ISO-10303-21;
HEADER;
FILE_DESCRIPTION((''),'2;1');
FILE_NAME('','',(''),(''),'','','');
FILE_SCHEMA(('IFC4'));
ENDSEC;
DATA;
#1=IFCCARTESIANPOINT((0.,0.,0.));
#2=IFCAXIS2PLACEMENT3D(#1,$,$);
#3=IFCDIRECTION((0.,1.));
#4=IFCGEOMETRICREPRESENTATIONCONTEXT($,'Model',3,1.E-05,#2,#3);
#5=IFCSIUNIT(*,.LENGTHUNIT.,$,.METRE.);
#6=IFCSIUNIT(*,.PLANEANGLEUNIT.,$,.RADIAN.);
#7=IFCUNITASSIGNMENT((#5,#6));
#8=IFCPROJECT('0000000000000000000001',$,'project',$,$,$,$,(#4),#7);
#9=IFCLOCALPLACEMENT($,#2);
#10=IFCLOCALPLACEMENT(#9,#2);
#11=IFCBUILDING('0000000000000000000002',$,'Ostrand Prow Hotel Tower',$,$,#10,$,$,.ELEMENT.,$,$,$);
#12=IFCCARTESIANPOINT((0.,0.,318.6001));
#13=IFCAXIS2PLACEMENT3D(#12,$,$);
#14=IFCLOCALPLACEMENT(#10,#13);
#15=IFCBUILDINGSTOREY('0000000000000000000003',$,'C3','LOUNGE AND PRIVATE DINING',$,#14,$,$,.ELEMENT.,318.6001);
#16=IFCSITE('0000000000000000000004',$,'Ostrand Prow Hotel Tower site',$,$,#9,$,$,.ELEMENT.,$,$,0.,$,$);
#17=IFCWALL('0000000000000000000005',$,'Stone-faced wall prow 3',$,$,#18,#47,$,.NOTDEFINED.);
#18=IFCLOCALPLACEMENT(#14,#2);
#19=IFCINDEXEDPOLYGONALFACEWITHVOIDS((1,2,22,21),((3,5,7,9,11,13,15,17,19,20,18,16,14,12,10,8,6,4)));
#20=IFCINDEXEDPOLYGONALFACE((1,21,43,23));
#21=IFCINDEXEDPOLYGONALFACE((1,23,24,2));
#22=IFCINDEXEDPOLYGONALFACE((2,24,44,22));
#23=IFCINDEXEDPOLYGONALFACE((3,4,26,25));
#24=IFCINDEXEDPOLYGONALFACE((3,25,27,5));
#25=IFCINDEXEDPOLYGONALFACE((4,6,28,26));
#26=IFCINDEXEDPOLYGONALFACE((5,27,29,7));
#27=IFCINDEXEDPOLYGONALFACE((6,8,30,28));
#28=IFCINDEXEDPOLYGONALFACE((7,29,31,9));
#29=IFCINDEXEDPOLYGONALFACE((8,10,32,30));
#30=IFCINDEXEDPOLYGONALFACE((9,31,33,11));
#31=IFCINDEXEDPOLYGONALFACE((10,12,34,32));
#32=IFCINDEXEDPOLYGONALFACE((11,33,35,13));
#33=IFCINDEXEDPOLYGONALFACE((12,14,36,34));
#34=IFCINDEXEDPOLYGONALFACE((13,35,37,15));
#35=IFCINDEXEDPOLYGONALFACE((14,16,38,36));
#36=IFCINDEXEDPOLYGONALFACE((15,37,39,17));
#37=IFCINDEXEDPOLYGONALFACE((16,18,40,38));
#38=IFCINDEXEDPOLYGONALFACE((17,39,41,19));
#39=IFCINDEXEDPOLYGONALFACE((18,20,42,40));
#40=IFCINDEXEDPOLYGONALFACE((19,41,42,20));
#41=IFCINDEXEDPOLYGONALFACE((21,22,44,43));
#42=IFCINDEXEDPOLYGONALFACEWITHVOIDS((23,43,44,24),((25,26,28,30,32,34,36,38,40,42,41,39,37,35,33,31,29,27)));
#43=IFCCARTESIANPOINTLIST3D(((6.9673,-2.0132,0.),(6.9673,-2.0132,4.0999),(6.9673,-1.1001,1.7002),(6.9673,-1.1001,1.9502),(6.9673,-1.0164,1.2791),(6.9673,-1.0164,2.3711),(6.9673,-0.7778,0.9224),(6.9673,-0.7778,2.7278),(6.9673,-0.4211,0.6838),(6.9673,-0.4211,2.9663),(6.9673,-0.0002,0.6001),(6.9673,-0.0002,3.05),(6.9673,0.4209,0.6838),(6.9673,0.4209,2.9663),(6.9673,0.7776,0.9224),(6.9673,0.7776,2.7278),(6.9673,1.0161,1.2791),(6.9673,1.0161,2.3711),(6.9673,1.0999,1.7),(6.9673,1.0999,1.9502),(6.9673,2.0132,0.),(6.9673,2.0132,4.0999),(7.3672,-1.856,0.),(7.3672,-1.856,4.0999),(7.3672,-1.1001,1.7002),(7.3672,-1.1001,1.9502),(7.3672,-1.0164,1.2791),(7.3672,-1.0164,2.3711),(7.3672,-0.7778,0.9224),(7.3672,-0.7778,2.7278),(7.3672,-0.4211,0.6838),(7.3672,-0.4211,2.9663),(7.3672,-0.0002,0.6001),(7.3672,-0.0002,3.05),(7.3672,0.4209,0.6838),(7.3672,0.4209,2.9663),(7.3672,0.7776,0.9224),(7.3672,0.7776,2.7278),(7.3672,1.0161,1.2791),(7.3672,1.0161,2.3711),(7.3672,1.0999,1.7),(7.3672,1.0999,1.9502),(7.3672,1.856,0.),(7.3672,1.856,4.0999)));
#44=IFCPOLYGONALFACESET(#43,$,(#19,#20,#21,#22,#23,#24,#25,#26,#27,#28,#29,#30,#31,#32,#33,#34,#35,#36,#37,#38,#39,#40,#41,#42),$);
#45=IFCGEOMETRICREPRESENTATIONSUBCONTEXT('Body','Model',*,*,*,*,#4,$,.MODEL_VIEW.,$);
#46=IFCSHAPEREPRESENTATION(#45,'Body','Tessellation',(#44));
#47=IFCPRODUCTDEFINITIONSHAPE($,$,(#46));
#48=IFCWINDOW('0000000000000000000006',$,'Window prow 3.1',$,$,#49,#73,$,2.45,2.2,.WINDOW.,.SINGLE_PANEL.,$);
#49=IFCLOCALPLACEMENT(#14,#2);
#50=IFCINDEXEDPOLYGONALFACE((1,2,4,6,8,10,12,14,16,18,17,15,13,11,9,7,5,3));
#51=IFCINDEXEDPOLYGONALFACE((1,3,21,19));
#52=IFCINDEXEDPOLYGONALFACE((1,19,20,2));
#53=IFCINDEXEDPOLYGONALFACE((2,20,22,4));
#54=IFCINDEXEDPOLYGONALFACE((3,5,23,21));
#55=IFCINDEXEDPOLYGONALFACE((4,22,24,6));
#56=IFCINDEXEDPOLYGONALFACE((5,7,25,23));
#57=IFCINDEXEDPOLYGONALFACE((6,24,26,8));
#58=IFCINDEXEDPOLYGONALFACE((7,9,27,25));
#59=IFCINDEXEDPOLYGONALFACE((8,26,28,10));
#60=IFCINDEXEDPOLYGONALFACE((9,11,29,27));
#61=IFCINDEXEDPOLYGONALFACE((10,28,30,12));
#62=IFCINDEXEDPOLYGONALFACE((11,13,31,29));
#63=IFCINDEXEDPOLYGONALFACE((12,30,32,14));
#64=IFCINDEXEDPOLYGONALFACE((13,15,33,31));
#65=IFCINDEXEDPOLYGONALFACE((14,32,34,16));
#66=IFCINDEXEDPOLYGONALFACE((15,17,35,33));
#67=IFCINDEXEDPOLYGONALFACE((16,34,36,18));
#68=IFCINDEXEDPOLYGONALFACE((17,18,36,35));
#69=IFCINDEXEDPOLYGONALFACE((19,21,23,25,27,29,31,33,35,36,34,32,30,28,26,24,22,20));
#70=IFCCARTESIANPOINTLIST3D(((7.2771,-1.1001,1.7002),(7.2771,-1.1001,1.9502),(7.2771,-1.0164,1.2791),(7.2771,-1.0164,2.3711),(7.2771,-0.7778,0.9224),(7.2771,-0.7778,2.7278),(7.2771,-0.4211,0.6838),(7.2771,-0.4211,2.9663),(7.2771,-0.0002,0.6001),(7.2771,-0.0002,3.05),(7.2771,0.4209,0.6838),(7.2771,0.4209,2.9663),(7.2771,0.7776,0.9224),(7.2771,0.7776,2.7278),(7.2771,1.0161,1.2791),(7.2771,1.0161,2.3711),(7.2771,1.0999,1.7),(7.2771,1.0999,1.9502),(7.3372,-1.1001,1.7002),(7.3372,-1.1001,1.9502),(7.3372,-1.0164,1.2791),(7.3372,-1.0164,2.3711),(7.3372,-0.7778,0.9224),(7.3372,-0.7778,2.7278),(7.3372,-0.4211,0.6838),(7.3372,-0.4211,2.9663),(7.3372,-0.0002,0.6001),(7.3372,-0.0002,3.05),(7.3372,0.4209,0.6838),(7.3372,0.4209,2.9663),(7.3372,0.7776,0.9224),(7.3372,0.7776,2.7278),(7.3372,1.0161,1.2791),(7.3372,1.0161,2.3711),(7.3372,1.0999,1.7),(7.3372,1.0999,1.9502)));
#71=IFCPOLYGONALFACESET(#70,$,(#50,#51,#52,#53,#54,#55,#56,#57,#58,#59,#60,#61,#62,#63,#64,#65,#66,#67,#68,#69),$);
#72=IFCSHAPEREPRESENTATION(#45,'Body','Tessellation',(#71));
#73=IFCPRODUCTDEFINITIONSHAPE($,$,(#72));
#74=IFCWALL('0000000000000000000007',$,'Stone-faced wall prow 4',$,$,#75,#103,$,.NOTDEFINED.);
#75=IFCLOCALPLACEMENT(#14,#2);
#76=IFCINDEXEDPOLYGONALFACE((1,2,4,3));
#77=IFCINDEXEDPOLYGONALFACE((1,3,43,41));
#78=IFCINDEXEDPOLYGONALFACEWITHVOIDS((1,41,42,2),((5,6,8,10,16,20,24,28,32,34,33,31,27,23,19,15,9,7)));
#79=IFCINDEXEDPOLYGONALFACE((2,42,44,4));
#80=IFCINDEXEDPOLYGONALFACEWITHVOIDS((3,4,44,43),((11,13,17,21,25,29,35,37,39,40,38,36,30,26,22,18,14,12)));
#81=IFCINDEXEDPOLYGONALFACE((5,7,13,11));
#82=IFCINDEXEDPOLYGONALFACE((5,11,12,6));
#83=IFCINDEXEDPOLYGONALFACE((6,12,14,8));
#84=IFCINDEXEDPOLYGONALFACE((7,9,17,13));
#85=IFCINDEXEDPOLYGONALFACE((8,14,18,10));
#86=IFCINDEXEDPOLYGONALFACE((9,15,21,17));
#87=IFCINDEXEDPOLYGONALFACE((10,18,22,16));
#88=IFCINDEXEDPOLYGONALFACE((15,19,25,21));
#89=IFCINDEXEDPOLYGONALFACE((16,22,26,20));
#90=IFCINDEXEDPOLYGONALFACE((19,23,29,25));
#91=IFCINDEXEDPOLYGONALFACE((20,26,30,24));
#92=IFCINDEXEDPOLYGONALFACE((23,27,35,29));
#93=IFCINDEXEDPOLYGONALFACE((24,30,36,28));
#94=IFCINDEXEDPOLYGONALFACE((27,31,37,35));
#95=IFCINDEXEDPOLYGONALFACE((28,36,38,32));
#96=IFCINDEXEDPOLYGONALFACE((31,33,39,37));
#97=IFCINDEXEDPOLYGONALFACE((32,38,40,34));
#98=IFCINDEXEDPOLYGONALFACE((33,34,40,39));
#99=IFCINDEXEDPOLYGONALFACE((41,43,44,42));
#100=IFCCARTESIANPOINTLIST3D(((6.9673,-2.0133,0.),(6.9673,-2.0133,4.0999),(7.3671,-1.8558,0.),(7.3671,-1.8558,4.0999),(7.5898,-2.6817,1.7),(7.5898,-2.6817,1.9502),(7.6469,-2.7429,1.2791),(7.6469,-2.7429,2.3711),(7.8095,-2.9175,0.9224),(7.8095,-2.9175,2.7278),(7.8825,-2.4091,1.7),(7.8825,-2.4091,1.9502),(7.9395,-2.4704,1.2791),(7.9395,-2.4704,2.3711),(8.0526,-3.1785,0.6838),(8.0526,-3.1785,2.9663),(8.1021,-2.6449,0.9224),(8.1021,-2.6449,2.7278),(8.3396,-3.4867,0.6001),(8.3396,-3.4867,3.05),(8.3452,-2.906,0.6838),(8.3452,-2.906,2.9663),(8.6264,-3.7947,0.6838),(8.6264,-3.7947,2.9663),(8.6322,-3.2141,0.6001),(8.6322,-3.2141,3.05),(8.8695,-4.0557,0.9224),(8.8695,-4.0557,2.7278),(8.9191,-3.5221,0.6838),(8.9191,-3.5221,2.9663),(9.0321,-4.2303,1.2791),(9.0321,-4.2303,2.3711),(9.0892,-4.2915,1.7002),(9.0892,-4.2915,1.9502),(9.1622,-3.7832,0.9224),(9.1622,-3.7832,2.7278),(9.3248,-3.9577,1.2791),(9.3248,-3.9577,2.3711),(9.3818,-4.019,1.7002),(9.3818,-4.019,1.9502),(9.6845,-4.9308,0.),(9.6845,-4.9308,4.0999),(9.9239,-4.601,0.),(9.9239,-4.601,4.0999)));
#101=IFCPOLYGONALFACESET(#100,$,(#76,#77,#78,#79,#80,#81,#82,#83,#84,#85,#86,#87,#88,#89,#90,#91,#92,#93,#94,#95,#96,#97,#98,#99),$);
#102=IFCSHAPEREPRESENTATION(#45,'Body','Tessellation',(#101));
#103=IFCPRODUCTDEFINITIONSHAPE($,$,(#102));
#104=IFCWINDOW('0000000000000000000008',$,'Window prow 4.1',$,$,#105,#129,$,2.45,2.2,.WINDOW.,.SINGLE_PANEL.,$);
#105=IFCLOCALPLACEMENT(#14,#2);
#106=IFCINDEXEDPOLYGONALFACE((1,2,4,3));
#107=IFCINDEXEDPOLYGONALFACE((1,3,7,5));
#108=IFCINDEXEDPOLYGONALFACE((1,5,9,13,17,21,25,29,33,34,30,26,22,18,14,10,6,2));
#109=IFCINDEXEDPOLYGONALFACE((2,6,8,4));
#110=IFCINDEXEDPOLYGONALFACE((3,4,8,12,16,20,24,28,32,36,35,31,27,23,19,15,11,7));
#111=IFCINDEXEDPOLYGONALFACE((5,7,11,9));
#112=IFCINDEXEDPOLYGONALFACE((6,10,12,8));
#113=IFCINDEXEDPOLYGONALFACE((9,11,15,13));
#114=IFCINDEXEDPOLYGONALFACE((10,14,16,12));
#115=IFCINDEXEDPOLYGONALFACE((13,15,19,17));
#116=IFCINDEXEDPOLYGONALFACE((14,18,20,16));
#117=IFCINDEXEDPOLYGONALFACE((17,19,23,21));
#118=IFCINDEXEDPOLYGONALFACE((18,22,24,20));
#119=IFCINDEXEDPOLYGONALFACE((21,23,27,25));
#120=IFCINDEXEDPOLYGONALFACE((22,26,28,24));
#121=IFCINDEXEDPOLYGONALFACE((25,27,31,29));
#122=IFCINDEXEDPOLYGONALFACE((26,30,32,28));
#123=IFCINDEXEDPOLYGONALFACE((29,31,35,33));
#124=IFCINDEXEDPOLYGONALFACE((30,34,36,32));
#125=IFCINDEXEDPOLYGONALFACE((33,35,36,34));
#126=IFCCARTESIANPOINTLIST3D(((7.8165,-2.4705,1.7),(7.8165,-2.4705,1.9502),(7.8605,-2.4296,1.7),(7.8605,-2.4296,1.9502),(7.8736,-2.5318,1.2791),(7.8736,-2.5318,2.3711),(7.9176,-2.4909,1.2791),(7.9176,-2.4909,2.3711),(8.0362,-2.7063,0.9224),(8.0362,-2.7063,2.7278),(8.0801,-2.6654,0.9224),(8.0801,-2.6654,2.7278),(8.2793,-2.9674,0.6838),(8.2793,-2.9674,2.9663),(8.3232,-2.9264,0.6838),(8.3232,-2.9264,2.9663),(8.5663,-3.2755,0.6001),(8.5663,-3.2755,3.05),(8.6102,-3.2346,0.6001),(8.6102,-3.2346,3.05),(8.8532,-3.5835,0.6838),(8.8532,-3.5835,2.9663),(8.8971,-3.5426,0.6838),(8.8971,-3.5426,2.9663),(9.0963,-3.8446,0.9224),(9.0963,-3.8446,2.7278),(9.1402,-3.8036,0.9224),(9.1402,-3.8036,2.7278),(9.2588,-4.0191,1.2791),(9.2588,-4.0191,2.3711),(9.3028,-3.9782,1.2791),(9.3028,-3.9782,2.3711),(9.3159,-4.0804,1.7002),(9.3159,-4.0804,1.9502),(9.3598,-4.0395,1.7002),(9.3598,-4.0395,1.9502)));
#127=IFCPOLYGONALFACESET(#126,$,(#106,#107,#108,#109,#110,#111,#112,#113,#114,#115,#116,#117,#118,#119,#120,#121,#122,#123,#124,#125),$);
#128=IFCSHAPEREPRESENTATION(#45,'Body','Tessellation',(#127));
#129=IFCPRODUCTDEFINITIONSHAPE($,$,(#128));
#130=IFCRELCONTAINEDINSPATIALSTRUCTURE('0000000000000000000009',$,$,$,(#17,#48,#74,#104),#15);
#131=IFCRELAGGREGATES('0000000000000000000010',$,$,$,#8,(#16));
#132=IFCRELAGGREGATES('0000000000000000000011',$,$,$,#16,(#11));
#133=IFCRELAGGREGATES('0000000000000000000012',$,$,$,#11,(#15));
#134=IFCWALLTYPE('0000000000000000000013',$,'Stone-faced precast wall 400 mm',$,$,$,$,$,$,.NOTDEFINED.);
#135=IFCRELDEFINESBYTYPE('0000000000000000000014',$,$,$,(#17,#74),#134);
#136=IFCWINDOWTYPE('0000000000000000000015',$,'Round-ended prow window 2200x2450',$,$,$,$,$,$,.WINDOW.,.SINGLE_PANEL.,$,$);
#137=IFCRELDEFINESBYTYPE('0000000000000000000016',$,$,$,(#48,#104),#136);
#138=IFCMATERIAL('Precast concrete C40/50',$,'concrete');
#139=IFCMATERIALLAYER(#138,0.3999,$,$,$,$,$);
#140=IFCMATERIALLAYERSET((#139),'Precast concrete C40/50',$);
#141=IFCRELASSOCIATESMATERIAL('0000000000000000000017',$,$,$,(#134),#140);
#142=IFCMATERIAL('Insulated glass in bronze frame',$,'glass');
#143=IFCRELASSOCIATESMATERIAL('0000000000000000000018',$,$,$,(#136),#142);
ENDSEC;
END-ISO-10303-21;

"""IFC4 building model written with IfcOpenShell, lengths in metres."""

from ifc_helpers import new_model, si_unit, direction, frame, origin, place, context, subcontext, project, spatial, polyline, outline, extrude, material, layer, layer_set, type_object, element, fill, save


model = new_model("IFC4")

# Units and contexts
model_context = context("Model", 3, precision=1e-05, world=origin(), true_north=direction((0.0, 1.0)))
body_context = subcontext(model_context, "Body", "Model", "MODEL_VIEW")
ifc_project = project(units=[si_unit("LENGTHUNIT", "METRE"), si_unit("PLANEANGLEUNIT", "RADIAN")], contexts=[model_context])

# Site, building, storey
site_placement = place(None, origin())
site = spatial("IfcSite", under=ifc_project, at=site_placement, Name="Ostrand Prow Hotel Tower site", CompositionType="ELEMENT", RefElevation=0.0)
building_placement = place(site_placement, origin())
building = spatial("IfcBuilding", under=site, at=building_placement, Name="Ostrand Prow Hotel Tower", CompositionType="ELEMENT")
storey_placement = place(building_placement, frame((0.0, 0.0, 318.6001)))
storey = spatial("IfcBuildingStorey", under=building, at=storey_placement, Name="C3", Description="LOUNGE AND PRIVATE DINING", CompositionType="ELEMENT", Elevation=318.6001)

# Walls, openings, windows
ifc_material_1 = material(Name="Precast concrete C40/50", Category="concrete")
ifc_layer_1 = layer(ifc_material_1, 0.3999)
ifc_layer_set_1 = layer_set([ifc_layer_1], Name="Precast concrete C40/50")
wall_type_1 = type_object("IfcWallType", Name="Stone-faced precast wall 400 mm", PredefinedType="NOTDEFINED", material=ifc_layer_set_1)
ifc_material_2 = material(Name="Insulated glass in bronze frame", Category="glass")
window_type = type_object("IfcWindowType", Name="Round-ended prow window 2200x2450", PartitioningType="SINGLE_PANEL", PredefinedType="WINDOW", material=ifc_material_2)
wall_1_placement = place(storey_placement, frame((7.1672, 1.9346, 0.0), z_axis=(0.0, 0.0, 1.0), x_axis=(0.0, -1.0, 0.0)))
wall_1 = element("IfcWall", 1, at=wall_1_placement, inside=storey, type_object=wall_type_1, Name="Stone-faced wall prow 3", PredefinedType="NOTDEFINED", context=body_context, shape_type="SweptSolid", body=[
    extrude(outline(polyline([(-0.0786, -0.2), (3.9478, -0.2), (3.7905, 0.2), (0.0786, 0.2), (-0.0786, -0.2)])), origin(), (0.0, 0.0, 1.0), 4.0999),
])
opening_1_placement = place(wall_1_placement, frame((0.8347, 0.0, 0.6001)))
opening_1 = element("IfcOpeningElement", 2, at=opening_1_placement, cuts=wall_1, PredefinedType="OPENING", context=body_context, shape_type="SweptSolid", body=[
    extrude(outline(polyline([(0.0, 1.3501), (0.0837, 1.771), (0.3223, 2.1277), (0.679, 2.3662), (1.1001, 2.45), (1.521, 2.3662), (1.8777, 2.1277), (2.1162, 1.771), (2.2, 1.3501), (2.2, 1.1001), (2.1162, 0.679), (1.8777, 0.3223), (1.521, 0.0837), (1.1001, 0.0), (0.679, 0.0837), (0.3223, 0.3223), (0.0837, 0.679), (0.0, 1.0999), (0.0, 1.3501)])), frame((0.0, 0.21, 0.0), z_axis=(0.0, -1.0, 0.0), x_axis=(1.0, 0.0, 0.0)), (0.0, 0.0, 1.0), 0.4199),
])
window_1_placement = place(opening_1_placement, origin())
window_1 = element("IfcWindow", 3, at=window_1_placement, inside=storey, type_object=window_type, Name="Window prow 3.1", OverallHeight=2.45, OverallWidth=2.2, PartitioningType="SINGLE_PANEL", PredefinedType="WINDOW", context=body_context, shape_type="SweptSolid", body=[
    extrude(outline(polyline([(0.0, 1.3501), (0.0837, 1.771), (0.3223, 2.1277), (0.679, 2.3662), (1.1001, 2.45), (1.521, 2.3662), (1.8777, 2.1277), (2.1162, 1.771), (2.2, 1.3501), (2.2, 1.1001), (2.1162, 0.679), (1.8777, 0.3223), (1.521, 0.0837), (1.1001, 0.0), (0.679, 0.0837), (0.3223, 0.3223), (0.0837, 0.679), (0.0, 1.0999), (0.0, 1.3501)])), frame((0.0, 0.1699, 0.0), z_axis=(0.0, -1.0, 0.0), x_axis=(1.0, 0.0, 0.0)), (0.0, 0.0, 1.0), 0.0601),
])
fill(opening_1, window_1)
wall_2_placement = place(storey_placement, frame((7.1672, -1.9346, 0.0), z_axis=(0.0, 0.0, 1.0), x_axis=(0.681547, -0.731775, 0.0)))
wall_2 = element("IfcWall", 4, at=wall_2_placement, inside=storey, type_object=wall_type_1, Name="Stone-faced wall prow 4", PredefinedType="NOTDEFINED", context=body_context, shape_type="SweptSolid", body=[
    extrude(outline(polyline([(-0.0786, -0.2), (3.9082, -0.2), (3.8301, 0.2), (0.0786, 0.2), (-0.0786, -0.2)])), origin(), (0.0, 0.0, 1.0), 4.0999),
])
opening_2_placement = place(wall_2_placement, frame((0.8347, 0.0, 0.6001)))
opening_2 = element("IfcOpeningElement", 5, at=opening_2_placement, cuts=wall_2, PredefinedType="OPENING", context=body_context, shape_type="SweptSolid", body=[
    extrude(outline(polyline([(0.0, 1.3501), (0.0837, 1.771), (0.3223, 2.1277), (0.679, 2.3662), (1.1001, 2.45), (1.521, 2.3662), (1.8777, 2.1277), (2.1162, 1.771), (2.2, 1.3501), (2.2, 1.1001), (2.1162, 0.679), (1.8777, 0.3223), (1.521, 0.0837), (1.1001, 0.0), (0.679, 0.0837), (0.3223, 0.3223), (0.0837, 0.679), (0.0, 1.0999), (0.0, 1.3501)])), frame((0.0, 0.21, 0.0), z_axis=(0.0, -1.0, 0.0), x_axis=(1.0, 0.0, 0.0)), (0.0, 0.0, 1.0), 0.4199),
])
window_2_placement = place(opening_2_placement, origin())
window_2 = element("IfcWindow", 6, at=window_2_placement, inside=storey, type_object=window_type, Name="Window prow 4.1", OverallHeight=2.45, OverallWidth=2.2, PartitioningType="SINGLE_PANEL", PredefinedType="WINDOW", context=body_context, shape_type="SweptSolid", body=[
    extrude(outline(polyline([(0.0, 1.3501), (0.0837, 1.771), (0.3223, 2.1277), (0.679, 2.3662), (1.1001, 2.45), (1.521, 2.3662), (1.8777, 2.1277), (2.1162, 1.771), (2.2, 1.3501), (2.2, 1.1001), (2.1162, 0.679), (1.8777, 0.3223), (1.521, 0.0837), (1.1001, 0.0), (0.679, 0.0837), (0.3223, 0.3223), (0.0837, 0.679), (0.0, 1.0999), (0.0, 1.3501)])), frame((0.0, 0.1699, 0.0), z_axis=(0.0, -1.0, 0.0), x_axis=(1.0, 0.0, 0.0)), (0.0, 0.0, 1.0), 0.0601),
])
fill(opening_2, window_2)

save(model, "model.ifc")
